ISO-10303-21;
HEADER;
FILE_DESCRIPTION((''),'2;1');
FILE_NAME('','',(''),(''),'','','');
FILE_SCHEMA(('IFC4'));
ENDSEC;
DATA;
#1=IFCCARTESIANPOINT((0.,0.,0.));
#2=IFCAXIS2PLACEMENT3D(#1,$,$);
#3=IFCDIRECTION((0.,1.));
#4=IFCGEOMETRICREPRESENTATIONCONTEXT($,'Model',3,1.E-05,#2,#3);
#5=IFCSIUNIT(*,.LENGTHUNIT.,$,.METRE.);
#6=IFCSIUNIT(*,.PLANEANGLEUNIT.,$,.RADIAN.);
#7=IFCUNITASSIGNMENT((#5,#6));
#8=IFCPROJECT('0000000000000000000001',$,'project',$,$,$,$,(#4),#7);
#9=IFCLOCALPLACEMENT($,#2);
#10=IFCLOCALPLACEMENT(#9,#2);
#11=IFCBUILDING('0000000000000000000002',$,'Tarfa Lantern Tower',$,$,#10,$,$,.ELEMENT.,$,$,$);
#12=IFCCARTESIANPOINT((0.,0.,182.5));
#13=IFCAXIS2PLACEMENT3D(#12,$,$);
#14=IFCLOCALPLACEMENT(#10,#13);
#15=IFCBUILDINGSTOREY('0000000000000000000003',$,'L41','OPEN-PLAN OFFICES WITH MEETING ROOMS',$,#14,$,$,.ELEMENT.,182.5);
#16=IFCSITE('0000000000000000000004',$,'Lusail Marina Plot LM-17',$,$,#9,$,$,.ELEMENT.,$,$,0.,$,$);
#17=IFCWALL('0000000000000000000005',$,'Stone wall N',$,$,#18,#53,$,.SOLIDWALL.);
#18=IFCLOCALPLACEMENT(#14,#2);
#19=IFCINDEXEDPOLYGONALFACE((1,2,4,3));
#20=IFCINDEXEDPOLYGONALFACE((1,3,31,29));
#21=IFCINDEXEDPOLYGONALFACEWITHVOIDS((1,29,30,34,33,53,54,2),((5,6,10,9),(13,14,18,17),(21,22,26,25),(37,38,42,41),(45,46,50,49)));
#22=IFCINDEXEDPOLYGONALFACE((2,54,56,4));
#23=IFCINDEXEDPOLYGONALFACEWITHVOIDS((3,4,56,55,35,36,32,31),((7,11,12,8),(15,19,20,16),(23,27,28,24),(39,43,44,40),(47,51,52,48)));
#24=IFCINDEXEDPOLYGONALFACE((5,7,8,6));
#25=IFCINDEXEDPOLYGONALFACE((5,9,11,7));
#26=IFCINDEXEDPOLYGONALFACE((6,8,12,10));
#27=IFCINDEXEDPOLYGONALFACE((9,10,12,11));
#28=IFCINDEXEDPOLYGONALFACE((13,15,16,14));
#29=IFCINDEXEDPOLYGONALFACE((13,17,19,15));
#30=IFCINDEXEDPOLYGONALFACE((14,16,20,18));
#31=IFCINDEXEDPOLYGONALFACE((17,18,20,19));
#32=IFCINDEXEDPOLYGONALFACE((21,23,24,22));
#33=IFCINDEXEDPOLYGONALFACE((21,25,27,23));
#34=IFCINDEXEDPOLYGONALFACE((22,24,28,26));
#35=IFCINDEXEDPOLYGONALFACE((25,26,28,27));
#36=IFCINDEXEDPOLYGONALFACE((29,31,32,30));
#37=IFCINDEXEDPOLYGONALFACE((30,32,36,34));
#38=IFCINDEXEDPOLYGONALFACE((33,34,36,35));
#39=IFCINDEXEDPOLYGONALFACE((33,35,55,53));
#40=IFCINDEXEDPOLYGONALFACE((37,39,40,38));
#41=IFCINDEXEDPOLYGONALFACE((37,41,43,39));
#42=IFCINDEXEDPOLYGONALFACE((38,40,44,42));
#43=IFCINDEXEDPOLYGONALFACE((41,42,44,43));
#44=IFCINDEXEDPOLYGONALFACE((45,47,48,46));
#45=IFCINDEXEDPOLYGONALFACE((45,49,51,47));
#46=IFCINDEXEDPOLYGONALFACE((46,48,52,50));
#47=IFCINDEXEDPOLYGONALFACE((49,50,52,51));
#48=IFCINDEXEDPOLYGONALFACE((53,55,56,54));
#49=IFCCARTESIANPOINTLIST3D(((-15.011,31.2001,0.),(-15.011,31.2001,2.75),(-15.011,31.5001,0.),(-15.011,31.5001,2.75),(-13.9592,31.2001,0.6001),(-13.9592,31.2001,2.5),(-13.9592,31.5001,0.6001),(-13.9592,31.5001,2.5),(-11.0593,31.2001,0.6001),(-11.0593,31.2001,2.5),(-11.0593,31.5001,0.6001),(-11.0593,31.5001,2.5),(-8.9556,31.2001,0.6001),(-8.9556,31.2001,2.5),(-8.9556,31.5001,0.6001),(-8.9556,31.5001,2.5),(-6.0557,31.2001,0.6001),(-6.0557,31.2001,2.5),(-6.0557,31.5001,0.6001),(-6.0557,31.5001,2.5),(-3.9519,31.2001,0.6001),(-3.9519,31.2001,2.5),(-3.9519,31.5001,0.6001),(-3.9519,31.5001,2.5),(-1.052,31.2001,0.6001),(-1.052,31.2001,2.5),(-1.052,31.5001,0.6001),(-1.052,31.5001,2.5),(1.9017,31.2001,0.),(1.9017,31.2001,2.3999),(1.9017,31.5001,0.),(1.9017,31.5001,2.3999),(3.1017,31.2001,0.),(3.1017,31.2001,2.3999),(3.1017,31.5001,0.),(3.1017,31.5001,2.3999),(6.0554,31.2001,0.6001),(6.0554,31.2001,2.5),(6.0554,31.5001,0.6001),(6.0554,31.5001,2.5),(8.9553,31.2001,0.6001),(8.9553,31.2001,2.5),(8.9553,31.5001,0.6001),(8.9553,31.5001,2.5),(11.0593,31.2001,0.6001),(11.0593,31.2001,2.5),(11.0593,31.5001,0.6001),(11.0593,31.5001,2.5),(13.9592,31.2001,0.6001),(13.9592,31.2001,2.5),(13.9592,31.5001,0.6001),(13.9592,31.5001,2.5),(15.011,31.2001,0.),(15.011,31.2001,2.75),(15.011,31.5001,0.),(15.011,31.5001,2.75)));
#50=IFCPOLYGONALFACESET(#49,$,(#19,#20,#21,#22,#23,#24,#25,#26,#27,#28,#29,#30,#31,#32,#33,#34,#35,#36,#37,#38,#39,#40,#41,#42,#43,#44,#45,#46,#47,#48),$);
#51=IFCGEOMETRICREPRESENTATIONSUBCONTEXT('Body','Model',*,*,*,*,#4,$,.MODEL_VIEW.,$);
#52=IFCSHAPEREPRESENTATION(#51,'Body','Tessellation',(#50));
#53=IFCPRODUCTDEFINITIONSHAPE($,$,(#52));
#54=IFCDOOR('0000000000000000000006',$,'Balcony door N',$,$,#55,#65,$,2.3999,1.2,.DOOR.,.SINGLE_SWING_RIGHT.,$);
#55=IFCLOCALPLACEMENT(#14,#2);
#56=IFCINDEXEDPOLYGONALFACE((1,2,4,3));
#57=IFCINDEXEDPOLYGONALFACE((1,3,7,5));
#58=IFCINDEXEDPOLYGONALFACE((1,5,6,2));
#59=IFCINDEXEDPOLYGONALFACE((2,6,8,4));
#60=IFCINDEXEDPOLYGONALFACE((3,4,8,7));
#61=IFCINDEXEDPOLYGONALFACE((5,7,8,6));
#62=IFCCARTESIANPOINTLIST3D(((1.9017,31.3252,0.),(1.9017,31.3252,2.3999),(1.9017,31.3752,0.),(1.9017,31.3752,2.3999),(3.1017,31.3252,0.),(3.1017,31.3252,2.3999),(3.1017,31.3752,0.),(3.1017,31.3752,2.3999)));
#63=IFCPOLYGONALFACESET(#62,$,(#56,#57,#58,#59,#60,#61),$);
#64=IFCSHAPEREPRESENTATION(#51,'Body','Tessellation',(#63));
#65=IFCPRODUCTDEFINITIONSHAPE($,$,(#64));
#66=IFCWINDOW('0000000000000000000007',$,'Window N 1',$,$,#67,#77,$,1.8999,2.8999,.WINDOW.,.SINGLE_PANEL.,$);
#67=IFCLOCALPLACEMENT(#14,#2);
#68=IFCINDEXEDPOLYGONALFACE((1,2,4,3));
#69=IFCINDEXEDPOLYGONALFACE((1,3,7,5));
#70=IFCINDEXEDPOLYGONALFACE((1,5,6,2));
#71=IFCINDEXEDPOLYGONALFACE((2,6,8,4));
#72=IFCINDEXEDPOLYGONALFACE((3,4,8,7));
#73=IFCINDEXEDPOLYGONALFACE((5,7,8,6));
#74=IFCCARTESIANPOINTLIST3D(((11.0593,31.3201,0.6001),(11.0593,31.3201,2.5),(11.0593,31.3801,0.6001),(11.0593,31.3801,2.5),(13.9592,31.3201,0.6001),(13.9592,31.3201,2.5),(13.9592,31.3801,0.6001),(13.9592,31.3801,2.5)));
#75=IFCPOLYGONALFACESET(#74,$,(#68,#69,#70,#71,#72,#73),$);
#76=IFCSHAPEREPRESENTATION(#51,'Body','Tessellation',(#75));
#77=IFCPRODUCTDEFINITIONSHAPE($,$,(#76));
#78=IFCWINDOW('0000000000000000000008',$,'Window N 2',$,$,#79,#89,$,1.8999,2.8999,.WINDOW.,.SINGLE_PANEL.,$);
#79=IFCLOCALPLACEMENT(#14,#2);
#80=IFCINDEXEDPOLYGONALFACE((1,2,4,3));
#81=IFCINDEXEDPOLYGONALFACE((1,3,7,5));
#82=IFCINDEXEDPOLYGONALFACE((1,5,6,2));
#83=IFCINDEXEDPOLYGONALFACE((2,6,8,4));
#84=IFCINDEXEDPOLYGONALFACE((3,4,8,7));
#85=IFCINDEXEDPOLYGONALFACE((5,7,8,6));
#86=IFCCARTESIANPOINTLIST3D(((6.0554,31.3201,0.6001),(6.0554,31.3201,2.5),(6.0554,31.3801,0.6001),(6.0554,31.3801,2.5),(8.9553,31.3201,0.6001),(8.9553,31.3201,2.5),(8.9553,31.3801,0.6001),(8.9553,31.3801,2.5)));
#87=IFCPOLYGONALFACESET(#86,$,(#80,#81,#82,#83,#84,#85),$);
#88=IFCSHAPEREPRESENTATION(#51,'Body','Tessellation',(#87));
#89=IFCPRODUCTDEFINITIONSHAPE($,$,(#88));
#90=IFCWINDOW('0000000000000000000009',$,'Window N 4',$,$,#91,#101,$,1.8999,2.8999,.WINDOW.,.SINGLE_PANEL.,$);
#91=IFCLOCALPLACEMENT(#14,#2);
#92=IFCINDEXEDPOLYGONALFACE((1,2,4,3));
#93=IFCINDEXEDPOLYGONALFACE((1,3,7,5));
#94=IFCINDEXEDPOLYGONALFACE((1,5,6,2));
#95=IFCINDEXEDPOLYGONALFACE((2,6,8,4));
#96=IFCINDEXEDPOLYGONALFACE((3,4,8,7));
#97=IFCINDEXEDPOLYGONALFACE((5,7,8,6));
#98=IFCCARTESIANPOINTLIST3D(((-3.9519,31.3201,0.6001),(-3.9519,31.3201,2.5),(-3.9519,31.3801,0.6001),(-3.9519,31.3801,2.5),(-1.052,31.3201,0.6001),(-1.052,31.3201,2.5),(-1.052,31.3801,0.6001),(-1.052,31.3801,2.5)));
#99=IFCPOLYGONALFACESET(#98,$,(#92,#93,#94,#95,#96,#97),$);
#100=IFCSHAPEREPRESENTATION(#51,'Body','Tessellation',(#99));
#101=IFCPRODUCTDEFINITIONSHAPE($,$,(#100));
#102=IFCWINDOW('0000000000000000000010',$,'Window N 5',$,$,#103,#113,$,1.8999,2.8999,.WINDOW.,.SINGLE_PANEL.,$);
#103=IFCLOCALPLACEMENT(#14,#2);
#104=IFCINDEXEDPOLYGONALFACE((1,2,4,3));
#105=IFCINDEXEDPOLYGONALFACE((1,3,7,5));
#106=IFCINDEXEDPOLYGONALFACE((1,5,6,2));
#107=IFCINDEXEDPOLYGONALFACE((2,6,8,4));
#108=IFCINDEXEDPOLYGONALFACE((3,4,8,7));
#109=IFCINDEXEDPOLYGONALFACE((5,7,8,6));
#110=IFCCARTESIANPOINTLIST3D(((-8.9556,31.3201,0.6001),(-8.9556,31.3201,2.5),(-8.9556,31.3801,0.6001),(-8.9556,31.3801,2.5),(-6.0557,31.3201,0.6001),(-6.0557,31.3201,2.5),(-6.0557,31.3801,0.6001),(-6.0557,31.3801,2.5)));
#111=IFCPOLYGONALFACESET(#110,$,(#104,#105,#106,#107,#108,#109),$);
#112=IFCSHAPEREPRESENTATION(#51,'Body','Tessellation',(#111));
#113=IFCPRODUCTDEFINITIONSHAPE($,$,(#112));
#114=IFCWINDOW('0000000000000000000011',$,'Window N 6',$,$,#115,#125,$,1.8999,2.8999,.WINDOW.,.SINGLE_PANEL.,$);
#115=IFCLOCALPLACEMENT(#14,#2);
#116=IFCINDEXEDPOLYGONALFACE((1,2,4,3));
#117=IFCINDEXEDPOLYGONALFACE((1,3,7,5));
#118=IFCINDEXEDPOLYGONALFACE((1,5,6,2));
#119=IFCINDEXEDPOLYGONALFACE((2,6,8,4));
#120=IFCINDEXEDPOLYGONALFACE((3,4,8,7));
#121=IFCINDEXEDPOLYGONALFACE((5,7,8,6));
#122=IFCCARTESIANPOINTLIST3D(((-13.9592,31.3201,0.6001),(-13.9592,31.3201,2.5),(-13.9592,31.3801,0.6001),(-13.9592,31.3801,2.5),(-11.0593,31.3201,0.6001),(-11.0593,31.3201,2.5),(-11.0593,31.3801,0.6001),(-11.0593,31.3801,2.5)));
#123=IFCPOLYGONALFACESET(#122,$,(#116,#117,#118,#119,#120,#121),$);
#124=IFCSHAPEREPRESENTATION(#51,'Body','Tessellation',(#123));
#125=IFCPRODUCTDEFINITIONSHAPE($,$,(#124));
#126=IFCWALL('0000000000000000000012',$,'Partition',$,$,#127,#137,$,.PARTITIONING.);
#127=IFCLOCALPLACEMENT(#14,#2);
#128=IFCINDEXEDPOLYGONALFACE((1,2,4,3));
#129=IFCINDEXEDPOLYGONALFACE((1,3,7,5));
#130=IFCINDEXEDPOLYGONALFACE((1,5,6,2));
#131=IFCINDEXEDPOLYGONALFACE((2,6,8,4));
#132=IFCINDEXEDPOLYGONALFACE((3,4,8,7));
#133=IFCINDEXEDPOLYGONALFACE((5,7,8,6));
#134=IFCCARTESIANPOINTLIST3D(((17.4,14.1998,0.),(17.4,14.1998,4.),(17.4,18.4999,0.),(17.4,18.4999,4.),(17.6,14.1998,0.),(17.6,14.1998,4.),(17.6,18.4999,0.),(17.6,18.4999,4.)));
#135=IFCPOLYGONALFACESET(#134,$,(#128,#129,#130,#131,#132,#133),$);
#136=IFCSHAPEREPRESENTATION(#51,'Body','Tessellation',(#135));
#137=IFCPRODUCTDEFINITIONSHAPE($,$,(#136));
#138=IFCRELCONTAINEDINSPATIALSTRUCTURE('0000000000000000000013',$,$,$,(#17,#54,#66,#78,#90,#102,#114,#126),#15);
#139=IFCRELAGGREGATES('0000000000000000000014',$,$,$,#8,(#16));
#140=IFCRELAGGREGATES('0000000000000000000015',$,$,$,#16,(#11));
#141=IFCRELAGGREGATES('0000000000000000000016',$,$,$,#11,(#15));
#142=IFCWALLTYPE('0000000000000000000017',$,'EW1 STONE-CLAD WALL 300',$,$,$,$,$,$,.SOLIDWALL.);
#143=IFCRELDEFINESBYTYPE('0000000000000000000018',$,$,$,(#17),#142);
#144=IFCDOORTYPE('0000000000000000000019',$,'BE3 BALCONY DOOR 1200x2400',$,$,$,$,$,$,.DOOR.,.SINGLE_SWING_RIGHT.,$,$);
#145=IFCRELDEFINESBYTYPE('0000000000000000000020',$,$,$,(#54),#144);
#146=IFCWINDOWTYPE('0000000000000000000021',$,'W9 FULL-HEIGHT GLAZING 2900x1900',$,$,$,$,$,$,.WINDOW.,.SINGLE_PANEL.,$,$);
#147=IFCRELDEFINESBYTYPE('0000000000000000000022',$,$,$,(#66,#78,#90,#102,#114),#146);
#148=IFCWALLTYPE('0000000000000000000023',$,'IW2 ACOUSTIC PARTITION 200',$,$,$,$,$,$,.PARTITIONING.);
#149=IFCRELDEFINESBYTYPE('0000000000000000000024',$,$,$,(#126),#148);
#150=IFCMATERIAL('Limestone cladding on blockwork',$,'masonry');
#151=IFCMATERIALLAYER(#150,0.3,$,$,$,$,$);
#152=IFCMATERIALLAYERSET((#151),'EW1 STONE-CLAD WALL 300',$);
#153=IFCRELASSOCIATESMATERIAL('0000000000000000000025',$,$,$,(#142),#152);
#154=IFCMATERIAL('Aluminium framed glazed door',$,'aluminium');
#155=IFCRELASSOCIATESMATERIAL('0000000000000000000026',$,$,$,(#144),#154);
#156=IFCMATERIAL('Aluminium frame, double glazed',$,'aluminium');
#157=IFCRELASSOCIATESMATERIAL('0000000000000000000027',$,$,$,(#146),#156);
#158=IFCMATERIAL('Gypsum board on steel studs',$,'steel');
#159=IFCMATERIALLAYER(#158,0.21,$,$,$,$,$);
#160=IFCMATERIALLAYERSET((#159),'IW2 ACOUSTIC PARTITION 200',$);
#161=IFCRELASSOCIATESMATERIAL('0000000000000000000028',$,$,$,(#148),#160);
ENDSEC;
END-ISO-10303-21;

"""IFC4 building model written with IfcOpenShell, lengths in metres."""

from ifc_helpers import new_model, si_unit, direction, frame, frame_2d, origin, place, context, subcontext, project, spatial, rectangle, extrude, material, layer, layer_set, type_object, element, fill, save


model = new_model("IFC4")

# Units and contexts
model_context = context("Model", 3, precision=1e-05, world=origin(), true_north=direction((0.0, 1.0)))
body_context = subcontext(model_context, "Body", "Model", "MODEL_VIEW")
ifc_project = project(units=[si_unit("LENGTHUNIT", "METRE"), si_unit("PLANEANGLEUNIT", "RADIAN")], contexts=[model_context])

# Site, building, storey
site_placement = place(None, origin())
site = spatial("IfcSite", under=ifc_project, at=site_placement, Name="Lusail Marina Plot LM-17", CompositionType="ELEMENT", RefElevation=0.0)
building_placement = place(site_placement, origin())
building = spatial("IfcBuilding", under=site, at=building_placement, Name="Tarfa Lantern Tower", CompositionType="ELEMENT")
storey_placement = place(building_placement, frame((0.0, 0.0, 182.5)))
storey = spatial("IfcBuildingStorey", under=building, at=storey_placement, Name="L41", Description="OPEN-PLAN OFFICES WITH MEETING ROOMS", CompositionType="ELEMENT", Elevation=182.5)

# Wall, openings, door, windows
ifc_material_1 = material(Name="Limestone cladding on blockwork", Category="masonry")
ifc_layer_1 = layer(ifc_material_1, 0.3)
ifc_layer_set_1 = layer_set([ifc_layer_1], Name="EW1 STONE-CLAD WALL 300")
wall_type_1 = type_object("IfcWallType", Name="EW1 STONE-CLAD WALL 300", PredefinedType="SOLIDWALL", material=ifc_layer_set_1)
wall_1_placement = place(storey_placement, frame((15.011, 31.3501, 0.0), z_axis=(0.0, 0.0, 1.0), x_axis=(-1.0, 0.0, 0.0)))
wall_1 = element("IfcWall", 1, at=wall_1_placement, inside=storey, type_object=wall_type_1, Name="Stone wall N", PredefinedType="SOLIDWALL", context=body_context, shape_type="SweptSolid", body=[
    extrude(rectangle(XDim=30.022, YDim=0.3, at=frame_2d((15.011, 0.0))), origin(), (0.0, 0.0, 1.0), 2.75),
])
opening_1_placement = place(wall_1_placement, frame((1.0518, 0.0, 0.6001)))
opening_1 = element("IfcOpeningElement", 2, at=opening_1_placement, cuts=wall_1, PredefinedType="OPENING", context=body_context, shape_type="SweptSolid", body=[
    extrude(rectangle(XDim=2.8999, YDim=1.8999, at=frame_2d((1.45, 0.95))), frame((0.0, 0.1599, 0.0), z_axis=(0.0, -1.0, 0.0), x_axis=(1.0, 0.0, 0.0)), (0.0, 0.0, 1.0), 0.3201),
])
opening_2_placement = place(wall_1_placement, frame((6.0557, 0.0, 0.6001)))
opening_2 = element("IfcOpeningElement", 3, at=opening_2_placement, cuts=wall_1, PredefinedType="OPENING", context=body_context, shape_type="SweptSolid", body=[
    extrude(rectangle(XDim=2.8999, YDim=1.8999, at=frame_2d((1.45, 0.95))), frame((0.0, 0.1599, 0.0), z_axis=(0.0, -1.0, 0.0), x_axis=(1.0, 0.0, 0.0)), (0.0, 0.0, 1.0), 0.3201),
])
opening_3_placement = place(wall_1_placement, frame((11.9092, 0.0, 0.0)))
opening_3 = element("IfcOpeningElement", 4, at=opening_3_placement, cuts=wall_1, PredefinedType="OPENING", context=body_context, shape_type="SweptSolid", body=[
    extrude(rectangle(XDim=1.2, YDim=2.3999, at=frame_2d((0.6001, 1.2))), frame((0.0, 0.1599, 0.0), z_axis=(0.0, -1.0, 0.0), x_axis=(1.0, 0.0, 0.0)), (0.0, 0.0, 1.0), 0.3201),
])
opening_4_placement = place(wall_1_placement, frame((16.063, 0.0, 0.6001)))
opening_4 = element("IfcOpeningElement", 5, at=opening_4_placement, cuts=wall_1, PredefinedType="OPENING", context=body_context, shape_type="SweptSolid", body=[
    extrude(rectangle(XDim=2.8999, YDim=1.8999, at=frame_2d((1.45, 0.95))), frame((0.0, 0.1599, 0.0), z_axis=(0.0, -1.0, 0.0), x_axis=(1.0, 0.0, 0.0)), (0.0, 0.0, 1.0), 0.3201),
])
opening_5_placement = place(wall_1_placement, frame((21.0667, 0.0, 0.6001)))
opening_5 = element("IfcOpeningElement", 6, at=opening_5_placement, cuts=wall_1, PredefinedType="OPENING", context=body_context, shape_type="SweptSolid", body=[
    extrude(rectangle(XDim=2.8999, YDim=1.8999, at=frame_2d((1.45, 0.95))), frame((0.0, 0.1599, 0.0), z_axis=(0.0, -1.0, 0.0), x_axis=(1.0, 0.0, 0.0)), (0.0, 0.0, 1.0), 0.3201),
])
opening_6_placement = place(wall_1_placement, frame((26.0703, 0.0, 0.6001)))
opening_6 = element("IfcOpeningElement", 7, at=opening_6_placement, cuts=wall_1, PredefinedType="OPENING", context=body_context, shape_type="SweptSolid", body=[
    extrude(rectangle(XDim=2.8999, YDim=1.8999, at=frame_2d((1.45, 0.95))), frame((0.0, 0.1599, 0.0), z_axis=(0.0, -1.0, 0.0), x_axis=(1.0, 0.0, 0.0)), (0.0, 0.0, 1.0), 0.3201),
])
ifc_material_2 = material(Name="Aluminium framed glazed door", Category="aluminium")
door_type = type_object("IfcDoorType", Name="BE3 BALCONY DOOR 1200x2400", OperationType="SINGLE_SWING_RIGHT", PredefinedType="DOOR", material=ifc_material_2)
door_placement = place(opening_3_placement, origin())
door = element("IfcDoor", 8, at=door_placement, inside=storey, type_object=door_type, Name="Balcony door N", OperationType="SINGLE_SWING_RIGHT", OverallHeight=2.3999, OverallWidth=1.2, PredefinedType="DOOR", context=body_context, shape_type="SweptSolid", body=[
    extrude(rectangle(XDim=1.2, YDim=2.3999, at=frame_2d((0.6001, 1.2))), frame((0.0, 0.0249, 0.0), z_axis=(0.0, -1.0, 0.0), x_axis=(1.0, 0.0, 0.0)), (0.0, 0.0, 1.0), 0.05),
])
fill(opening_3, door)
ifc_material_3 = material(Name="Aluminium frame, double glazed", Category="aluminium")
window_type = type_object("IfcWindowType", Name="W9 FULL-HEIGHT GLAZING 2900x1900", PartitioningType="SINGLE_PANEL", PredefinedType="WINDOW", material=ifc_material_3)
window_1_placement = place(opening_1_placement, origin())
window_1 = element("IfcWindow", 9, at=window_1_placement, inside=storey, type_object=window_type, Name="Window N 1", OverallHeight=1.8999, OverallWidth=2.8999, PartitioningType="SINGLE_PANEL", PredefinedType="WINDOW", context=body_context, shape_type="SweptSolid", body=[
    extrude(rectangle(XDim=2.8999, YDim=1.8999, at=frame_2d((1.45, 0.95))), frame((0.0, 0.03, 0.0), z_axis=(0.0, -1.0, 0.0), x_axis=(1.0, 0.0, 0.0)), (0.0, 0.0, 1.0), 0.0601),
])
fill(opening_1, window_1)
window_2_placement = place(opening_2_placement, origin())
window_2 = element("IfcWindow", 10, at=window_2_placement, inside=storey, type_object=window_type, Name="Window N 2", OverallHeight=1.8999, OverallWidth=2.8999, PartitioningType="SINGLE_PANEL", PredefinedType="WINDOW", context=body_context, shape_type="SweptSolid", body=[
    extrude(rectangle(XDim=2.8999, YDim=1.8999, at=frame_2d((1.45, 0.95))), frame((0.0, 0.03, 0.0), z_axis=(0.0, -1.0, 0.0), x_axis=(1.0, 0.0, 0.0)), (0.0, 0.0, 1.0), 0.0601),
])
fill(opening_2, window_2)
window_3_placement = place(opening_4_placement, origin())
window_3 = element("IfcWindow", 11, at=window_3_placement, inside=storey, type_object=window_type, Name="Window N 4", OverallHeight=1.8999, OverallWidth=2.8999, PartitioningType="SINGLE_PANEL", PredefinedType="WINDOW", context=body_context, shape_type="SweptSolid", body=[
    extrude(rectangle(XDim=2.8999, YDim=1.8999, at=frame_2d((1.45, 0.95))), frame((0.0, 0.03, 0.0), z_axis=(0.0, -1.0, 0.0), x_axis=(1.0, 0.0, 0.0)), (0.0, 0.0, 1.0), 0.0601),
])
fill(opening_4, window_3)
window_4_placement = place(opening_5_placement, origin())
window_4 = element("IfcWindow", 12, at=window_4_placement, inside=storey, type_object=window_type, Name="Window N 5", OverallHeight=1.8999, OverallWidth=2.8999, PartitioningType="SINGLE_PANEL", PredefinedType="WINDOW", context=body_context, shape_type="SweptSolid", body=[
    extrude(rectangle(XDim=2.8999, YDim=1.8999, at=frame_2d((1.45, 0.95))), frame((0.0, 0.03, 0.0), z_axis=(0.0, -1.0, 0.0), x_axis=(1.0, 0.0, 0.0)), (0.0, 0.0, 1.0), 0.0601),
])
fill(opening_5, window_4)
window_5_placement = place(opening_6_placement, origin())
window_5 = element("IfcWindow", 13, at=window_5_placement, inside=storey, type_object=window_type, Name="Window N 6", OverallHeight=1.8999, OverallWidth=2.8999, PartitioningType="SINGLE_PANEL", PredefinedType="WINDOW", context=body_context, shape_type="SweptSolid", body=[
    extrude(rectangle(XDim=2.8999, YDim=1.8999, at=frame_2d((1.45, 0.95))), frame((0.0, 0.03, 0.0), z_axis=(0.0, -1.0, 0.0), x_axis=(1.0, 0.0, 0.0)), (0.0, 0.0, 1.0), 0.0601),
])
fill(opening_6, window_5)

# Wall
ifc_material_4 = material(Name="Gypsum board on steel studs", Category="steel")
ifc_layer_2 = layer(ifc_material_4, 0.21)
ifc_layer_set_2 = layer_set([ifc_layer_2], Name="IW2 ACOUSTIC PARTITION 200")
wall_type_2 = type_object("IfcWallType", Name="IW2 ACOUSTIC PARTITION 200", PredefinedType="PARTITIONING", material=ifc_layer_set_2)
wall_2_placement = place(storey_placement, frame((17.5, 14.2, 0.0), z_axis=(0.0, 0.0, 1.0), x_axis=(0.0, 1.0, 0.0)))
element("IfcWall", 14, at=wall_2_placement, inside=storey, type_object=wall_type_2, Name="Partition", PredefinedType="PARTITIONING", context=body_context, shape_type="SweptSolid", body=[
    extrude(rectangle(XDim=4.3, YDim=0.2, at=frame_2d((2.1499, 0.0))), origin(), (0.0, 0.0, 1.0), 4.0),
])

save(model, "model.ifc")
